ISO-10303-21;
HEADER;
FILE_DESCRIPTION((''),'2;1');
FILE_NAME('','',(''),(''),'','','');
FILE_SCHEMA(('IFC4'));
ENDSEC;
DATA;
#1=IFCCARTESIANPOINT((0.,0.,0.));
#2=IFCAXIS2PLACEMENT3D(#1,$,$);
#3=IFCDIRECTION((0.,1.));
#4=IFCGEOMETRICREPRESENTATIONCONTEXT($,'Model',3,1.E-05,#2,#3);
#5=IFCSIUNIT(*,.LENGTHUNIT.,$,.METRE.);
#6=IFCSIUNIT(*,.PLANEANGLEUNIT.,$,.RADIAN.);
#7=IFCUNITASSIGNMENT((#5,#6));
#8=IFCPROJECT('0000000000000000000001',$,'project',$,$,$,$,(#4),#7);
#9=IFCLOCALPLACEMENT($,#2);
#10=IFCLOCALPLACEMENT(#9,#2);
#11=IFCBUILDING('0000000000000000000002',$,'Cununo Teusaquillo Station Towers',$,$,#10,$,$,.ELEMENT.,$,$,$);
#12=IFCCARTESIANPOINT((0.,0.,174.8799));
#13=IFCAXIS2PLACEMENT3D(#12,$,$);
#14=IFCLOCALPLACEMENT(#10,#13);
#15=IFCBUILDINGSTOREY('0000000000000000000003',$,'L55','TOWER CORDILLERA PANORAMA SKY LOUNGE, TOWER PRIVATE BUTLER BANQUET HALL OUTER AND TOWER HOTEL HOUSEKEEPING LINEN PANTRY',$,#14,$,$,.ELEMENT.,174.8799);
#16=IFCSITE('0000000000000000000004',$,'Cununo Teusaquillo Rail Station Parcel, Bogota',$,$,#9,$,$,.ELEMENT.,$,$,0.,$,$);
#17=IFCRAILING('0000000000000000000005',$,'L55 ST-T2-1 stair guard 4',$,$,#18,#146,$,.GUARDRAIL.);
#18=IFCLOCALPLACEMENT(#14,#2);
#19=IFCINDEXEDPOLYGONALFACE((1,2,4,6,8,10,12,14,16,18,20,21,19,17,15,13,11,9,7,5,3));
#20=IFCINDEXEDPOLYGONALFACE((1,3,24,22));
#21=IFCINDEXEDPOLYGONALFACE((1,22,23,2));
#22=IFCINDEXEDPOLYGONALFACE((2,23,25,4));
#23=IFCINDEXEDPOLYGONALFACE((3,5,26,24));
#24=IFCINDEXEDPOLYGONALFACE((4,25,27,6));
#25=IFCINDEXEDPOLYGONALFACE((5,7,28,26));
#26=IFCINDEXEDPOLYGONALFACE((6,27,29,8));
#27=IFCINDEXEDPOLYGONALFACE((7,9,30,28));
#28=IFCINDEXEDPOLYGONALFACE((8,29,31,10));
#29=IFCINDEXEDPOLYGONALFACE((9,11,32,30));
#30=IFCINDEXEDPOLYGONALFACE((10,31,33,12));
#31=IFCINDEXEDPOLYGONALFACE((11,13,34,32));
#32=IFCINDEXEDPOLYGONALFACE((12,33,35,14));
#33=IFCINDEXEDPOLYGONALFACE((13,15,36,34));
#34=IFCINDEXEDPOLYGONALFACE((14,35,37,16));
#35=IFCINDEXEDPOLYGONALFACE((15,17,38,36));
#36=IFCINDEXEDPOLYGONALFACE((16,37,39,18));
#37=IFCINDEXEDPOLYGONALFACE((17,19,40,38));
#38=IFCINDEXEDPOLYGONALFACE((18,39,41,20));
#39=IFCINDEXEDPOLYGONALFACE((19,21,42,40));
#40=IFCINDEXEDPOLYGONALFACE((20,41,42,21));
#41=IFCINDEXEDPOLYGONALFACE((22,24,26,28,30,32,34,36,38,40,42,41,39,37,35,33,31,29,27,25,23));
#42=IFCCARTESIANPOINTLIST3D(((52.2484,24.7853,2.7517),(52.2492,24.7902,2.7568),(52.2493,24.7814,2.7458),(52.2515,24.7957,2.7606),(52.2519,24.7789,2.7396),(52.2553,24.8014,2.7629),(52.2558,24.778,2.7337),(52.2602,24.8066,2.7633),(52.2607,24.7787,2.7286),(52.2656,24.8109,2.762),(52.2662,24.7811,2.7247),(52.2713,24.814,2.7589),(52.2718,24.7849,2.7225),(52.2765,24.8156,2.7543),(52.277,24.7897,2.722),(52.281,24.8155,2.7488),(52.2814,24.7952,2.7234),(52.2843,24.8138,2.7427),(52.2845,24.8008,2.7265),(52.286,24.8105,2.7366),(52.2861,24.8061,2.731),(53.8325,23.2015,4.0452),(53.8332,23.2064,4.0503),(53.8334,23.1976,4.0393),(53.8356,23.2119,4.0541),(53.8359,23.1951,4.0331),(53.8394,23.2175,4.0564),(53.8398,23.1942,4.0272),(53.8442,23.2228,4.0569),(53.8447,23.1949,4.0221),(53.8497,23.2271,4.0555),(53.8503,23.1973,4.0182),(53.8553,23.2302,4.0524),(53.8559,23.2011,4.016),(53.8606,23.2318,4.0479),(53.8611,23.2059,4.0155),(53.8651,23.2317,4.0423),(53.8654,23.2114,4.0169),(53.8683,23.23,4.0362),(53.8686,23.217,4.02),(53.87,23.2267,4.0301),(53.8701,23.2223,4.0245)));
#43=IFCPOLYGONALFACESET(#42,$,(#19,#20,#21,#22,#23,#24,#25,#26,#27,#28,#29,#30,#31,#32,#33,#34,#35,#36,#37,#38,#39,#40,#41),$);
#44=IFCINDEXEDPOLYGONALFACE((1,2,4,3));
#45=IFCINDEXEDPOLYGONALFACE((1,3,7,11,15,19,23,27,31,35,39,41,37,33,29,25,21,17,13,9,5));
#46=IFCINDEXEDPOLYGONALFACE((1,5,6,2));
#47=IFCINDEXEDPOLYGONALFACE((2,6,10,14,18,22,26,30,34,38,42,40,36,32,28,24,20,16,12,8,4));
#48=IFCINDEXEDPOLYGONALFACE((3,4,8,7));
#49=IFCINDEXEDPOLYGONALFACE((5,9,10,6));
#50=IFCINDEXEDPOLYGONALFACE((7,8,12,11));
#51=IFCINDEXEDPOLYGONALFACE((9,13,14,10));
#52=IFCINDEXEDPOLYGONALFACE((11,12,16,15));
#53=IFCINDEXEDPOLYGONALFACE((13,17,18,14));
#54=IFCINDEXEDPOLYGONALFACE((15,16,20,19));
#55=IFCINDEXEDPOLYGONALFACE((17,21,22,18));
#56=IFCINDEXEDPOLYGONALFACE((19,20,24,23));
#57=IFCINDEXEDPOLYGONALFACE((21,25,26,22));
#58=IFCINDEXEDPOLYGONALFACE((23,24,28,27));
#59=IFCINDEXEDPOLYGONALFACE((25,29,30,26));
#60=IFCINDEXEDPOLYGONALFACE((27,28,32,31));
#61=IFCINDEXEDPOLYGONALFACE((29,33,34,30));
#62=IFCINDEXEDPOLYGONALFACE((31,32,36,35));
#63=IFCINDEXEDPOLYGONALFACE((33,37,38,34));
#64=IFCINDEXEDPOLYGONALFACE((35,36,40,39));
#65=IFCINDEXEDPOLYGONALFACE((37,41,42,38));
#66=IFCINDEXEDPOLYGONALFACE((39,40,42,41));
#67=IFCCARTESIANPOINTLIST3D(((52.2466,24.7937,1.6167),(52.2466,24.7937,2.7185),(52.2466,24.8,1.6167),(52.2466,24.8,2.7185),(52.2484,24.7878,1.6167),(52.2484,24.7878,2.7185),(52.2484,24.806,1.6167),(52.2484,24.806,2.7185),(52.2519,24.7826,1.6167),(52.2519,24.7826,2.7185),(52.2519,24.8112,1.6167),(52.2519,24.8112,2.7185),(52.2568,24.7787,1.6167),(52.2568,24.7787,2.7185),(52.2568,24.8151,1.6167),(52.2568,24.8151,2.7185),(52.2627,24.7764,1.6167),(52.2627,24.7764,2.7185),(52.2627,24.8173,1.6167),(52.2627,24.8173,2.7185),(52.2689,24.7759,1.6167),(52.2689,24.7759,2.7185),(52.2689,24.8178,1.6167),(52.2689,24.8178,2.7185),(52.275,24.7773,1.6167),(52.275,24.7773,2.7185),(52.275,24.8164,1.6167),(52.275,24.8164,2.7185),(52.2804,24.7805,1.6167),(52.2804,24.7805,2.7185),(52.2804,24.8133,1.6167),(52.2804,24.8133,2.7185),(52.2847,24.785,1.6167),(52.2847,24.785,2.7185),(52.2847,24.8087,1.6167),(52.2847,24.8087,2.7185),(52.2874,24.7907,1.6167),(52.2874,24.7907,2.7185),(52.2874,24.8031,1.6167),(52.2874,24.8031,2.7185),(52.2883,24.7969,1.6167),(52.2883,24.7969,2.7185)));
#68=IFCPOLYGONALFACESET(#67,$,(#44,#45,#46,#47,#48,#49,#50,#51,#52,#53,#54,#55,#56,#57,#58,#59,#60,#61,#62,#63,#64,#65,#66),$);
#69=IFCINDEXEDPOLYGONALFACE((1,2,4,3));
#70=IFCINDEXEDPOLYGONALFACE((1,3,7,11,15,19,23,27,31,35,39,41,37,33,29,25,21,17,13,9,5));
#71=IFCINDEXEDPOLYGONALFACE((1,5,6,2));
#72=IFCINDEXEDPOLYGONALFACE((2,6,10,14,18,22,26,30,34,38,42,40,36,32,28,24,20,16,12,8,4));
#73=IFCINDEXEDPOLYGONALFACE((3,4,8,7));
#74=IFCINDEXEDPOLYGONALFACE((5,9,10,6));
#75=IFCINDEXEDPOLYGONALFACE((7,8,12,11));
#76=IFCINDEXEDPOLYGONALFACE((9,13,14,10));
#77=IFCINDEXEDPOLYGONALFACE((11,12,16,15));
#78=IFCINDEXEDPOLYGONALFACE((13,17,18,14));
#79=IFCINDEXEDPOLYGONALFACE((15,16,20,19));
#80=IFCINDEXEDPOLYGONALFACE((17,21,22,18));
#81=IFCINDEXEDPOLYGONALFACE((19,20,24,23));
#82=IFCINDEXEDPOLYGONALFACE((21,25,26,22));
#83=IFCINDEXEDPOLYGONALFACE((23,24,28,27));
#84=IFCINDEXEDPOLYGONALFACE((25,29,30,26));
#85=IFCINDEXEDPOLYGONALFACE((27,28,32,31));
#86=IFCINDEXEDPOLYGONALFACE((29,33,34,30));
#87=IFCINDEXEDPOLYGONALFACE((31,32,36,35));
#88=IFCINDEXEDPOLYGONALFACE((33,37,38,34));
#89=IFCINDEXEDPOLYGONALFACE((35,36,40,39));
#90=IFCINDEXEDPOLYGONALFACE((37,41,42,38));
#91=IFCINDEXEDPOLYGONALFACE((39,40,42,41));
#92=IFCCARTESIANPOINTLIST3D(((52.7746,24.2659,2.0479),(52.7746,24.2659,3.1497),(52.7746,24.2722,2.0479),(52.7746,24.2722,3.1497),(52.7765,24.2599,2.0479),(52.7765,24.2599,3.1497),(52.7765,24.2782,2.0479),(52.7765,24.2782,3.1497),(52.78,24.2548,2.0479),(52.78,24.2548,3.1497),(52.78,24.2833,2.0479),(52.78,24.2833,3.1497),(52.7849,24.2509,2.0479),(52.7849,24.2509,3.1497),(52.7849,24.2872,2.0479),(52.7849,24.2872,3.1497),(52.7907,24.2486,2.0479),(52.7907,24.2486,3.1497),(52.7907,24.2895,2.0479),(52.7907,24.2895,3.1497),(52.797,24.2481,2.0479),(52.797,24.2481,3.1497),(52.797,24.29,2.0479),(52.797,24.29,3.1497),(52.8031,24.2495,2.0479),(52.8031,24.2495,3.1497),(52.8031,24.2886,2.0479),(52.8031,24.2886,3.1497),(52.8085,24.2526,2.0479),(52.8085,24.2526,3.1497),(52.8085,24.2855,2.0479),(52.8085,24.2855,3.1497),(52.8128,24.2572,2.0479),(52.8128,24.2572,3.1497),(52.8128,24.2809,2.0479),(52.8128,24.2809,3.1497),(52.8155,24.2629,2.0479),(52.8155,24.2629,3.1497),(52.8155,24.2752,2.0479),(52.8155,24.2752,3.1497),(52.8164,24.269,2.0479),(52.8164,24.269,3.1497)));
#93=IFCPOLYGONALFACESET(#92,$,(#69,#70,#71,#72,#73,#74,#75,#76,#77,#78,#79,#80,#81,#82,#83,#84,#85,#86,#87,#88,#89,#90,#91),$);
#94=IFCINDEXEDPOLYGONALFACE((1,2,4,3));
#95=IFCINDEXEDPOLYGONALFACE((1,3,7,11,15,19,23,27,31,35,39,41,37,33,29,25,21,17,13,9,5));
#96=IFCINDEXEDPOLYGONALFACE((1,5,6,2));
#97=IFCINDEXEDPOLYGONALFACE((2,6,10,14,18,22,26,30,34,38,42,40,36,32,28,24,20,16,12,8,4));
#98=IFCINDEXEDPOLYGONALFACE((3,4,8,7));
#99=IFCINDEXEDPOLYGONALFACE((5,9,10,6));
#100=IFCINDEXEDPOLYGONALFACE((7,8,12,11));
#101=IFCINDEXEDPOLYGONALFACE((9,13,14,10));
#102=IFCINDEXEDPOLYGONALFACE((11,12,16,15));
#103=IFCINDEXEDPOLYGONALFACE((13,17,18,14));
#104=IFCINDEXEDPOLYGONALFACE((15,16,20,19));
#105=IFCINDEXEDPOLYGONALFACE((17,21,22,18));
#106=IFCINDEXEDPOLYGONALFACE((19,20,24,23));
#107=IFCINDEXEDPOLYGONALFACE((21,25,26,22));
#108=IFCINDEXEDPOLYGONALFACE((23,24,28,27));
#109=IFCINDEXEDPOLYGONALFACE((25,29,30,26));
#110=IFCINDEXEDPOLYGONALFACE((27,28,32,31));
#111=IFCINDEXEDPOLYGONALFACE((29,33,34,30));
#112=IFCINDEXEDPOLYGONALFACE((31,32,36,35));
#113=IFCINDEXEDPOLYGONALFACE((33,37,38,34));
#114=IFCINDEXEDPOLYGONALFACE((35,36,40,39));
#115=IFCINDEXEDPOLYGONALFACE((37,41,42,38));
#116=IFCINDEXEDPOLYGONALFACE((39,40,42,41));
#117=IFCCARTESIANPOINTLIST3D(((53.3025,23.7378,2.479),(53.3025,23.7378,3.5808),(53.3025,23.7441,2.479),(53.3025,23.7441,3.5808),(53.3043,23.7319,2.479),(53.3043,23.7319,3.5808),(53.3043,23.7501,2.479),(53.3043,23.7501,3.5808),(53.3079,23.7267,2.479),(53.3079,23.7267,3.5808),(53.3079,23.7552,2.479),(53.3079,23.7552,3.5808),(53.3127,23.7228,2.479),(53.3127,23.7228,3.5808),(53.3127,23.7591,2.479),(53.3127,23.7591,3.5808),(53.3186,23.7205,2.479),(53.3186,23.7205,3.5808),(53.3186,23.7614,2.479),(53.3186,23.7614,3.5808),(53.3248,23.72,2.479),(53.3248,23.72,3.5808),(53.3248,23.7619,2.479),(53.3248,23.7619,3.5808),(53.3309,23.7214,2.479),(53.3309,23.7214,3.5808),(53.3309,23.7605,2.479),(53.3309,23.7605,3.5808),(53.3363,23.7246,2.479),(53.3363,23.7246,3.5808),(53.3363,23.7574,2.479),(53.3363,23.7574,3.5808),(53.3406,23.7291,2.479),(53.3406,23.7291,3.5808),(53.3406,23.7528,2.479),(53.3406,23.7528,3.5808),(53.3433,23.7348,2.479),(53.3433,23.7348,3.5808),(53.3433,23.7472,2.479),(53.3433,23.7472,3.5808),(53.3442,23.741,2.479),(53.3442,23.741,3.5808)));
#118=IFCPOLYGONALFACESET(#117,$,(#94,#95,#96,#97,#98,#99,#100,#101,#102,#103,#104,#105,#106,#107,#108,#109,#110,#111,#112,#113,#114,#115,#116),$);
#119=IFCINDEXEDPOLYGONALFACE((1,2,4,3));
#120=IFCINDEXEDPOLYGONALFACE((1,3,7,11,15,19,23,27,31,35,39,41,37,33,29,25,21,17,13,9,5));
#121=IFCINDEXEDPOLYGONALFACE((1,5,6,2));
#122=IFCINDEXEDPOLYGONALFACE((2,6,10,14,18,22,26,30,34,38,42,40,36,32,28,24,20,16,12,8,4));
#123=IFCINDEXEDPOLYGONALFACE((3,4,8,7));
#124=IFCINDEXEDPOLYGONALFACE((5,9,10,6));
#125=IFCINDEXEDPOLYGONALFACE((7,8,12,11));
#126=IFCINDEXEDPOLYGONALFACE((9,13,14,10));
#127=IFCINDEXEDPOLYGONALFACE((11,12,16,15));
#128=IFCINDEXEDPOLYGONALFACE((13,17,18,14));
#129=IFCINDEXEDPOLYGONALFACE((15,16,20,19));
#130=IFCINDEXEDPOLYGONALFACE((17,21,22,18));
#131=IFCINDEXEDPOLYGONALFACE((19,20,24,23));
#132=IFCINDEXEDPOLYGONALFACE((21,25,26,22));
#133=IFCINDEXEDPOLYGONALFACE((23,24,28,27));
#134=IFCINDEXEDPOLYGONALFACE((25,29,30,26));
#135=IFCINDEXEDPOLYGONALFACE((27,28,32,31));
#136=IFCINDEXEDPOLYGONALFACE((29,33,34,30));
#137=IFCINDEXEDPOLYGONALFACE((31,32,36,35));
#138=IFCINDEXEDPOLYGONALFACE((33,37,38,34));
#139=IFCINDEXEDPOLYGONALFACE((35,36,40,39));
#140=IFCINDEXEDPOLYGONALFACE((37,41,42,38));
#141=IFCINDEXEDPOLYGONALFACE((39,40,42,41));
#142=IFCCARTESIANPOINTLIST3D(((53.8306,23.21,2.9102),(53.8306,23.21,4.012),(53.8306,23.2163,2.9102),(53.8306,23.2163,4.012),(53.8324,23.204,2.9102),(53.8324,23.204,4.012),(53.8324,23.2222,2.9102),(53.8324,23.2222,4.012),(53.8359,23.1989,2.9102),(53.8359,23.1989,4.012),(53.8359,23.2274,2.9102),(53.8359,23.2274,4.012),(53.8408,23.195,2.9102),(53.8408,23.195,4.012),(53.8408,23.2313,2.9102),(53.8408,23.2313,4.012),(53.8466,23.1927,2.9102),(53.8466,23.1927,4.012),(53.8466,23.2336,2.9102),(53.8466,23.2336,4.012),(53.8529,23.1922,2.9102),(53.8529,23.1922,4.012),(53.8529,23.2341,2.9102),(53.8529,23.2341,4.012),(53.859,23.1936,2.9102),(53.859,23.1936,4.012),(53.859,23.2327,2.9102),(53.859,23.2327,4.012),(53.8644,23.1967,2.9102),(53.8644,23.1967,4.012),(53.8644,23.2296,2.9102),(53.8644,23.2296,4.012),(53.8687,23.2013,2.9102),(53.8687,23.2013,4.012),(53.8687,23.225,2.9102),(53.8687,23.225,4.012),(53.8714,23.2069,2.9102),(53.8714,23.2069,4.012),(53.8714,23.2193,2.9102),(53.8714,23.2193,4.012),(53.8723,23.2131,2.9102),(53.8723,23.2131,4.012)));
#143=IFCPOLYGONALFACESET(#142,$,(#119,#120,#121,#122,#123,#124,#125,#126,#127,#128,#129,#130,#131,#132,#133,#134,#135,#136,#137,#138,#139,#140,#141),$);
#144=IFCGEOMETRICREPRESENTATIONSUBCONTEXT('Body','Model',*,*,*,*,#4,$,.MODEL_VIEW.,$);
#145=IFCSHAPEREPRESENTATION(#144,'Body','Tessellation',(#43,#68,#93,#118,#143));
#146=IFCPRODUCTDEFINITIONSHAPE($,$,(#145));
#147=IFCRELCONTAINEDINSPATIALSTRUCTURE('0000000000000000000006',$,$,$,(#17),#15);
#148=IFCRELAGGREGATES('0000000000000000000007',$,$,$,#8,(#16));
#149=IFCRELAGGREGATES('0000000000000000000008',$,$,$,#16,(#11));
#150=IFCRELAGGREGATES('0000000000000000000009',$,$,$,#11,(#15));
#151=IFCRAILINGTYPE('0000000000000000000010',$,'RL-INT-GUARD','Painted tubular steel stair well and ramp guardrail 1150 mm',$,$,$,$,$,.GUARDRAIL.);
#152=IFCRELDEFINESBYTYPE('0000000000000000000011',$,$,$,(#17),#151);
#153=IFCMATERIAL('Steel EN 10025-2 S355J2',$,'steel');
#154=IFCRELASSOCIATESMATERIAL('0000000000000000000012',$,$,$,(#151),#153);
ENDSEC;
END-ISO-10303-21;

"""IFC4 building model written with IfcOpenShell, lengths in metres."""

from ifc_helpers import new_model, si_unit, direction, frame, origin, origin_2d, place, context, subcontext, project, spatial, circle, extrude, material, type_object, element, save


model = new_model("IFC4")

# Units and contexts
model_context = context("Model", 3, precision=1e-05, world=origin(), true_north=direction((0.0, 1.0)))
body_context = subcontext(model_context, "Body", "Model", "MODEL_VIEW")
ifc_project = project(units=[si_unit("LENGTHUNIT", "METRE"), si_unit("PLANEANGLEUNIT", "RADIAN")], contexts=[model_context])

# Site, building, storey
site_placement = place(None, origin())
site = spatial("IfcSite", under=ifc_project, at=site_placement, Name="Cununo Teusaquillo Rail Station Parcel, Bogota", CompositionType="ELEMENT", RefElevation=0.0)
building_placement = place(site_placement, origin())
building = spatial("IfcBuilding", under=site, at=building_placement, Name="Cununo Teusaquillo Station Towers", CompositionType="ELEMENT")
storey_placement = place(building_placement, frame((0.0, 0.0, 174.8799)))
storey = spatial("IfcBuildingStorey", under=building, at=storey_placement, Name="L55", Description="TOWER CORDILLERA PANORAMA SKY LOUNGE, TOWER PRIVATE BUTLER BANQUET HALL OUTER AND TOWER HOTEL HOUSEKEEPING LINEN PANTRY", CompositionType="ELEMENT", Elevation=174.8799)

# Railing
ifc_material_1 = material(Name="Steel EN 10025-2 S355J2", Category="steel")
railing_type_1 = type_object("IfcRailingType", Name="RL-INT-GUARD", Description="Painted tubular steel stair well and ramp guardrail 1150 mm", PredefinedType="GUARDRAIL", material=ifc_material_1)
railing_1_placement = place(storey_placement, frame((52.2673, 24.7969, 1.6167)))
element("IfcRailing", 1, at=railing_1_placement, inside=storey, type_object=railing_type_1, Name="L55 ST-T2-1 stair guard 4", PredefinedType="GUARDRAIL", context=body_context, shape_type="SweptSolid", body=[
    extrude(circle(Radius=0.0239, at=origin_2d()), frame((0.0, 0.0, 1.126), z_axis=(0.612391, -0.612297, 0.500069), x_axis=(0.707052, 0.707161, 0.0)), (0.0, 0.0, 1.0), 2.5867),
    extrude(circle(Radius=0.021, at=origin_2d()), origin(), (0.0, 0.0, 1.0), 1.1018),
    extrude(circle(Radius=0.021, at=origin_2d()), frame((0.5281, -0.5278, 0.4312)), (0.0, 0.0, 1.0), 1.1018),
    extrude(circle(Radius=0.021, at=origin_2d()), frame((1.0559, -1.0559, 0.8623)), (0.0, 0.0, 1.0), 1.1018),
    extrude(circle(Radius=0.021, at=origin_2d()), frame((1.584, -1.5837, 1.2935)), (0.0, 0.0, 1.0), 1.1018),
])

save(model, "model.ifc")
